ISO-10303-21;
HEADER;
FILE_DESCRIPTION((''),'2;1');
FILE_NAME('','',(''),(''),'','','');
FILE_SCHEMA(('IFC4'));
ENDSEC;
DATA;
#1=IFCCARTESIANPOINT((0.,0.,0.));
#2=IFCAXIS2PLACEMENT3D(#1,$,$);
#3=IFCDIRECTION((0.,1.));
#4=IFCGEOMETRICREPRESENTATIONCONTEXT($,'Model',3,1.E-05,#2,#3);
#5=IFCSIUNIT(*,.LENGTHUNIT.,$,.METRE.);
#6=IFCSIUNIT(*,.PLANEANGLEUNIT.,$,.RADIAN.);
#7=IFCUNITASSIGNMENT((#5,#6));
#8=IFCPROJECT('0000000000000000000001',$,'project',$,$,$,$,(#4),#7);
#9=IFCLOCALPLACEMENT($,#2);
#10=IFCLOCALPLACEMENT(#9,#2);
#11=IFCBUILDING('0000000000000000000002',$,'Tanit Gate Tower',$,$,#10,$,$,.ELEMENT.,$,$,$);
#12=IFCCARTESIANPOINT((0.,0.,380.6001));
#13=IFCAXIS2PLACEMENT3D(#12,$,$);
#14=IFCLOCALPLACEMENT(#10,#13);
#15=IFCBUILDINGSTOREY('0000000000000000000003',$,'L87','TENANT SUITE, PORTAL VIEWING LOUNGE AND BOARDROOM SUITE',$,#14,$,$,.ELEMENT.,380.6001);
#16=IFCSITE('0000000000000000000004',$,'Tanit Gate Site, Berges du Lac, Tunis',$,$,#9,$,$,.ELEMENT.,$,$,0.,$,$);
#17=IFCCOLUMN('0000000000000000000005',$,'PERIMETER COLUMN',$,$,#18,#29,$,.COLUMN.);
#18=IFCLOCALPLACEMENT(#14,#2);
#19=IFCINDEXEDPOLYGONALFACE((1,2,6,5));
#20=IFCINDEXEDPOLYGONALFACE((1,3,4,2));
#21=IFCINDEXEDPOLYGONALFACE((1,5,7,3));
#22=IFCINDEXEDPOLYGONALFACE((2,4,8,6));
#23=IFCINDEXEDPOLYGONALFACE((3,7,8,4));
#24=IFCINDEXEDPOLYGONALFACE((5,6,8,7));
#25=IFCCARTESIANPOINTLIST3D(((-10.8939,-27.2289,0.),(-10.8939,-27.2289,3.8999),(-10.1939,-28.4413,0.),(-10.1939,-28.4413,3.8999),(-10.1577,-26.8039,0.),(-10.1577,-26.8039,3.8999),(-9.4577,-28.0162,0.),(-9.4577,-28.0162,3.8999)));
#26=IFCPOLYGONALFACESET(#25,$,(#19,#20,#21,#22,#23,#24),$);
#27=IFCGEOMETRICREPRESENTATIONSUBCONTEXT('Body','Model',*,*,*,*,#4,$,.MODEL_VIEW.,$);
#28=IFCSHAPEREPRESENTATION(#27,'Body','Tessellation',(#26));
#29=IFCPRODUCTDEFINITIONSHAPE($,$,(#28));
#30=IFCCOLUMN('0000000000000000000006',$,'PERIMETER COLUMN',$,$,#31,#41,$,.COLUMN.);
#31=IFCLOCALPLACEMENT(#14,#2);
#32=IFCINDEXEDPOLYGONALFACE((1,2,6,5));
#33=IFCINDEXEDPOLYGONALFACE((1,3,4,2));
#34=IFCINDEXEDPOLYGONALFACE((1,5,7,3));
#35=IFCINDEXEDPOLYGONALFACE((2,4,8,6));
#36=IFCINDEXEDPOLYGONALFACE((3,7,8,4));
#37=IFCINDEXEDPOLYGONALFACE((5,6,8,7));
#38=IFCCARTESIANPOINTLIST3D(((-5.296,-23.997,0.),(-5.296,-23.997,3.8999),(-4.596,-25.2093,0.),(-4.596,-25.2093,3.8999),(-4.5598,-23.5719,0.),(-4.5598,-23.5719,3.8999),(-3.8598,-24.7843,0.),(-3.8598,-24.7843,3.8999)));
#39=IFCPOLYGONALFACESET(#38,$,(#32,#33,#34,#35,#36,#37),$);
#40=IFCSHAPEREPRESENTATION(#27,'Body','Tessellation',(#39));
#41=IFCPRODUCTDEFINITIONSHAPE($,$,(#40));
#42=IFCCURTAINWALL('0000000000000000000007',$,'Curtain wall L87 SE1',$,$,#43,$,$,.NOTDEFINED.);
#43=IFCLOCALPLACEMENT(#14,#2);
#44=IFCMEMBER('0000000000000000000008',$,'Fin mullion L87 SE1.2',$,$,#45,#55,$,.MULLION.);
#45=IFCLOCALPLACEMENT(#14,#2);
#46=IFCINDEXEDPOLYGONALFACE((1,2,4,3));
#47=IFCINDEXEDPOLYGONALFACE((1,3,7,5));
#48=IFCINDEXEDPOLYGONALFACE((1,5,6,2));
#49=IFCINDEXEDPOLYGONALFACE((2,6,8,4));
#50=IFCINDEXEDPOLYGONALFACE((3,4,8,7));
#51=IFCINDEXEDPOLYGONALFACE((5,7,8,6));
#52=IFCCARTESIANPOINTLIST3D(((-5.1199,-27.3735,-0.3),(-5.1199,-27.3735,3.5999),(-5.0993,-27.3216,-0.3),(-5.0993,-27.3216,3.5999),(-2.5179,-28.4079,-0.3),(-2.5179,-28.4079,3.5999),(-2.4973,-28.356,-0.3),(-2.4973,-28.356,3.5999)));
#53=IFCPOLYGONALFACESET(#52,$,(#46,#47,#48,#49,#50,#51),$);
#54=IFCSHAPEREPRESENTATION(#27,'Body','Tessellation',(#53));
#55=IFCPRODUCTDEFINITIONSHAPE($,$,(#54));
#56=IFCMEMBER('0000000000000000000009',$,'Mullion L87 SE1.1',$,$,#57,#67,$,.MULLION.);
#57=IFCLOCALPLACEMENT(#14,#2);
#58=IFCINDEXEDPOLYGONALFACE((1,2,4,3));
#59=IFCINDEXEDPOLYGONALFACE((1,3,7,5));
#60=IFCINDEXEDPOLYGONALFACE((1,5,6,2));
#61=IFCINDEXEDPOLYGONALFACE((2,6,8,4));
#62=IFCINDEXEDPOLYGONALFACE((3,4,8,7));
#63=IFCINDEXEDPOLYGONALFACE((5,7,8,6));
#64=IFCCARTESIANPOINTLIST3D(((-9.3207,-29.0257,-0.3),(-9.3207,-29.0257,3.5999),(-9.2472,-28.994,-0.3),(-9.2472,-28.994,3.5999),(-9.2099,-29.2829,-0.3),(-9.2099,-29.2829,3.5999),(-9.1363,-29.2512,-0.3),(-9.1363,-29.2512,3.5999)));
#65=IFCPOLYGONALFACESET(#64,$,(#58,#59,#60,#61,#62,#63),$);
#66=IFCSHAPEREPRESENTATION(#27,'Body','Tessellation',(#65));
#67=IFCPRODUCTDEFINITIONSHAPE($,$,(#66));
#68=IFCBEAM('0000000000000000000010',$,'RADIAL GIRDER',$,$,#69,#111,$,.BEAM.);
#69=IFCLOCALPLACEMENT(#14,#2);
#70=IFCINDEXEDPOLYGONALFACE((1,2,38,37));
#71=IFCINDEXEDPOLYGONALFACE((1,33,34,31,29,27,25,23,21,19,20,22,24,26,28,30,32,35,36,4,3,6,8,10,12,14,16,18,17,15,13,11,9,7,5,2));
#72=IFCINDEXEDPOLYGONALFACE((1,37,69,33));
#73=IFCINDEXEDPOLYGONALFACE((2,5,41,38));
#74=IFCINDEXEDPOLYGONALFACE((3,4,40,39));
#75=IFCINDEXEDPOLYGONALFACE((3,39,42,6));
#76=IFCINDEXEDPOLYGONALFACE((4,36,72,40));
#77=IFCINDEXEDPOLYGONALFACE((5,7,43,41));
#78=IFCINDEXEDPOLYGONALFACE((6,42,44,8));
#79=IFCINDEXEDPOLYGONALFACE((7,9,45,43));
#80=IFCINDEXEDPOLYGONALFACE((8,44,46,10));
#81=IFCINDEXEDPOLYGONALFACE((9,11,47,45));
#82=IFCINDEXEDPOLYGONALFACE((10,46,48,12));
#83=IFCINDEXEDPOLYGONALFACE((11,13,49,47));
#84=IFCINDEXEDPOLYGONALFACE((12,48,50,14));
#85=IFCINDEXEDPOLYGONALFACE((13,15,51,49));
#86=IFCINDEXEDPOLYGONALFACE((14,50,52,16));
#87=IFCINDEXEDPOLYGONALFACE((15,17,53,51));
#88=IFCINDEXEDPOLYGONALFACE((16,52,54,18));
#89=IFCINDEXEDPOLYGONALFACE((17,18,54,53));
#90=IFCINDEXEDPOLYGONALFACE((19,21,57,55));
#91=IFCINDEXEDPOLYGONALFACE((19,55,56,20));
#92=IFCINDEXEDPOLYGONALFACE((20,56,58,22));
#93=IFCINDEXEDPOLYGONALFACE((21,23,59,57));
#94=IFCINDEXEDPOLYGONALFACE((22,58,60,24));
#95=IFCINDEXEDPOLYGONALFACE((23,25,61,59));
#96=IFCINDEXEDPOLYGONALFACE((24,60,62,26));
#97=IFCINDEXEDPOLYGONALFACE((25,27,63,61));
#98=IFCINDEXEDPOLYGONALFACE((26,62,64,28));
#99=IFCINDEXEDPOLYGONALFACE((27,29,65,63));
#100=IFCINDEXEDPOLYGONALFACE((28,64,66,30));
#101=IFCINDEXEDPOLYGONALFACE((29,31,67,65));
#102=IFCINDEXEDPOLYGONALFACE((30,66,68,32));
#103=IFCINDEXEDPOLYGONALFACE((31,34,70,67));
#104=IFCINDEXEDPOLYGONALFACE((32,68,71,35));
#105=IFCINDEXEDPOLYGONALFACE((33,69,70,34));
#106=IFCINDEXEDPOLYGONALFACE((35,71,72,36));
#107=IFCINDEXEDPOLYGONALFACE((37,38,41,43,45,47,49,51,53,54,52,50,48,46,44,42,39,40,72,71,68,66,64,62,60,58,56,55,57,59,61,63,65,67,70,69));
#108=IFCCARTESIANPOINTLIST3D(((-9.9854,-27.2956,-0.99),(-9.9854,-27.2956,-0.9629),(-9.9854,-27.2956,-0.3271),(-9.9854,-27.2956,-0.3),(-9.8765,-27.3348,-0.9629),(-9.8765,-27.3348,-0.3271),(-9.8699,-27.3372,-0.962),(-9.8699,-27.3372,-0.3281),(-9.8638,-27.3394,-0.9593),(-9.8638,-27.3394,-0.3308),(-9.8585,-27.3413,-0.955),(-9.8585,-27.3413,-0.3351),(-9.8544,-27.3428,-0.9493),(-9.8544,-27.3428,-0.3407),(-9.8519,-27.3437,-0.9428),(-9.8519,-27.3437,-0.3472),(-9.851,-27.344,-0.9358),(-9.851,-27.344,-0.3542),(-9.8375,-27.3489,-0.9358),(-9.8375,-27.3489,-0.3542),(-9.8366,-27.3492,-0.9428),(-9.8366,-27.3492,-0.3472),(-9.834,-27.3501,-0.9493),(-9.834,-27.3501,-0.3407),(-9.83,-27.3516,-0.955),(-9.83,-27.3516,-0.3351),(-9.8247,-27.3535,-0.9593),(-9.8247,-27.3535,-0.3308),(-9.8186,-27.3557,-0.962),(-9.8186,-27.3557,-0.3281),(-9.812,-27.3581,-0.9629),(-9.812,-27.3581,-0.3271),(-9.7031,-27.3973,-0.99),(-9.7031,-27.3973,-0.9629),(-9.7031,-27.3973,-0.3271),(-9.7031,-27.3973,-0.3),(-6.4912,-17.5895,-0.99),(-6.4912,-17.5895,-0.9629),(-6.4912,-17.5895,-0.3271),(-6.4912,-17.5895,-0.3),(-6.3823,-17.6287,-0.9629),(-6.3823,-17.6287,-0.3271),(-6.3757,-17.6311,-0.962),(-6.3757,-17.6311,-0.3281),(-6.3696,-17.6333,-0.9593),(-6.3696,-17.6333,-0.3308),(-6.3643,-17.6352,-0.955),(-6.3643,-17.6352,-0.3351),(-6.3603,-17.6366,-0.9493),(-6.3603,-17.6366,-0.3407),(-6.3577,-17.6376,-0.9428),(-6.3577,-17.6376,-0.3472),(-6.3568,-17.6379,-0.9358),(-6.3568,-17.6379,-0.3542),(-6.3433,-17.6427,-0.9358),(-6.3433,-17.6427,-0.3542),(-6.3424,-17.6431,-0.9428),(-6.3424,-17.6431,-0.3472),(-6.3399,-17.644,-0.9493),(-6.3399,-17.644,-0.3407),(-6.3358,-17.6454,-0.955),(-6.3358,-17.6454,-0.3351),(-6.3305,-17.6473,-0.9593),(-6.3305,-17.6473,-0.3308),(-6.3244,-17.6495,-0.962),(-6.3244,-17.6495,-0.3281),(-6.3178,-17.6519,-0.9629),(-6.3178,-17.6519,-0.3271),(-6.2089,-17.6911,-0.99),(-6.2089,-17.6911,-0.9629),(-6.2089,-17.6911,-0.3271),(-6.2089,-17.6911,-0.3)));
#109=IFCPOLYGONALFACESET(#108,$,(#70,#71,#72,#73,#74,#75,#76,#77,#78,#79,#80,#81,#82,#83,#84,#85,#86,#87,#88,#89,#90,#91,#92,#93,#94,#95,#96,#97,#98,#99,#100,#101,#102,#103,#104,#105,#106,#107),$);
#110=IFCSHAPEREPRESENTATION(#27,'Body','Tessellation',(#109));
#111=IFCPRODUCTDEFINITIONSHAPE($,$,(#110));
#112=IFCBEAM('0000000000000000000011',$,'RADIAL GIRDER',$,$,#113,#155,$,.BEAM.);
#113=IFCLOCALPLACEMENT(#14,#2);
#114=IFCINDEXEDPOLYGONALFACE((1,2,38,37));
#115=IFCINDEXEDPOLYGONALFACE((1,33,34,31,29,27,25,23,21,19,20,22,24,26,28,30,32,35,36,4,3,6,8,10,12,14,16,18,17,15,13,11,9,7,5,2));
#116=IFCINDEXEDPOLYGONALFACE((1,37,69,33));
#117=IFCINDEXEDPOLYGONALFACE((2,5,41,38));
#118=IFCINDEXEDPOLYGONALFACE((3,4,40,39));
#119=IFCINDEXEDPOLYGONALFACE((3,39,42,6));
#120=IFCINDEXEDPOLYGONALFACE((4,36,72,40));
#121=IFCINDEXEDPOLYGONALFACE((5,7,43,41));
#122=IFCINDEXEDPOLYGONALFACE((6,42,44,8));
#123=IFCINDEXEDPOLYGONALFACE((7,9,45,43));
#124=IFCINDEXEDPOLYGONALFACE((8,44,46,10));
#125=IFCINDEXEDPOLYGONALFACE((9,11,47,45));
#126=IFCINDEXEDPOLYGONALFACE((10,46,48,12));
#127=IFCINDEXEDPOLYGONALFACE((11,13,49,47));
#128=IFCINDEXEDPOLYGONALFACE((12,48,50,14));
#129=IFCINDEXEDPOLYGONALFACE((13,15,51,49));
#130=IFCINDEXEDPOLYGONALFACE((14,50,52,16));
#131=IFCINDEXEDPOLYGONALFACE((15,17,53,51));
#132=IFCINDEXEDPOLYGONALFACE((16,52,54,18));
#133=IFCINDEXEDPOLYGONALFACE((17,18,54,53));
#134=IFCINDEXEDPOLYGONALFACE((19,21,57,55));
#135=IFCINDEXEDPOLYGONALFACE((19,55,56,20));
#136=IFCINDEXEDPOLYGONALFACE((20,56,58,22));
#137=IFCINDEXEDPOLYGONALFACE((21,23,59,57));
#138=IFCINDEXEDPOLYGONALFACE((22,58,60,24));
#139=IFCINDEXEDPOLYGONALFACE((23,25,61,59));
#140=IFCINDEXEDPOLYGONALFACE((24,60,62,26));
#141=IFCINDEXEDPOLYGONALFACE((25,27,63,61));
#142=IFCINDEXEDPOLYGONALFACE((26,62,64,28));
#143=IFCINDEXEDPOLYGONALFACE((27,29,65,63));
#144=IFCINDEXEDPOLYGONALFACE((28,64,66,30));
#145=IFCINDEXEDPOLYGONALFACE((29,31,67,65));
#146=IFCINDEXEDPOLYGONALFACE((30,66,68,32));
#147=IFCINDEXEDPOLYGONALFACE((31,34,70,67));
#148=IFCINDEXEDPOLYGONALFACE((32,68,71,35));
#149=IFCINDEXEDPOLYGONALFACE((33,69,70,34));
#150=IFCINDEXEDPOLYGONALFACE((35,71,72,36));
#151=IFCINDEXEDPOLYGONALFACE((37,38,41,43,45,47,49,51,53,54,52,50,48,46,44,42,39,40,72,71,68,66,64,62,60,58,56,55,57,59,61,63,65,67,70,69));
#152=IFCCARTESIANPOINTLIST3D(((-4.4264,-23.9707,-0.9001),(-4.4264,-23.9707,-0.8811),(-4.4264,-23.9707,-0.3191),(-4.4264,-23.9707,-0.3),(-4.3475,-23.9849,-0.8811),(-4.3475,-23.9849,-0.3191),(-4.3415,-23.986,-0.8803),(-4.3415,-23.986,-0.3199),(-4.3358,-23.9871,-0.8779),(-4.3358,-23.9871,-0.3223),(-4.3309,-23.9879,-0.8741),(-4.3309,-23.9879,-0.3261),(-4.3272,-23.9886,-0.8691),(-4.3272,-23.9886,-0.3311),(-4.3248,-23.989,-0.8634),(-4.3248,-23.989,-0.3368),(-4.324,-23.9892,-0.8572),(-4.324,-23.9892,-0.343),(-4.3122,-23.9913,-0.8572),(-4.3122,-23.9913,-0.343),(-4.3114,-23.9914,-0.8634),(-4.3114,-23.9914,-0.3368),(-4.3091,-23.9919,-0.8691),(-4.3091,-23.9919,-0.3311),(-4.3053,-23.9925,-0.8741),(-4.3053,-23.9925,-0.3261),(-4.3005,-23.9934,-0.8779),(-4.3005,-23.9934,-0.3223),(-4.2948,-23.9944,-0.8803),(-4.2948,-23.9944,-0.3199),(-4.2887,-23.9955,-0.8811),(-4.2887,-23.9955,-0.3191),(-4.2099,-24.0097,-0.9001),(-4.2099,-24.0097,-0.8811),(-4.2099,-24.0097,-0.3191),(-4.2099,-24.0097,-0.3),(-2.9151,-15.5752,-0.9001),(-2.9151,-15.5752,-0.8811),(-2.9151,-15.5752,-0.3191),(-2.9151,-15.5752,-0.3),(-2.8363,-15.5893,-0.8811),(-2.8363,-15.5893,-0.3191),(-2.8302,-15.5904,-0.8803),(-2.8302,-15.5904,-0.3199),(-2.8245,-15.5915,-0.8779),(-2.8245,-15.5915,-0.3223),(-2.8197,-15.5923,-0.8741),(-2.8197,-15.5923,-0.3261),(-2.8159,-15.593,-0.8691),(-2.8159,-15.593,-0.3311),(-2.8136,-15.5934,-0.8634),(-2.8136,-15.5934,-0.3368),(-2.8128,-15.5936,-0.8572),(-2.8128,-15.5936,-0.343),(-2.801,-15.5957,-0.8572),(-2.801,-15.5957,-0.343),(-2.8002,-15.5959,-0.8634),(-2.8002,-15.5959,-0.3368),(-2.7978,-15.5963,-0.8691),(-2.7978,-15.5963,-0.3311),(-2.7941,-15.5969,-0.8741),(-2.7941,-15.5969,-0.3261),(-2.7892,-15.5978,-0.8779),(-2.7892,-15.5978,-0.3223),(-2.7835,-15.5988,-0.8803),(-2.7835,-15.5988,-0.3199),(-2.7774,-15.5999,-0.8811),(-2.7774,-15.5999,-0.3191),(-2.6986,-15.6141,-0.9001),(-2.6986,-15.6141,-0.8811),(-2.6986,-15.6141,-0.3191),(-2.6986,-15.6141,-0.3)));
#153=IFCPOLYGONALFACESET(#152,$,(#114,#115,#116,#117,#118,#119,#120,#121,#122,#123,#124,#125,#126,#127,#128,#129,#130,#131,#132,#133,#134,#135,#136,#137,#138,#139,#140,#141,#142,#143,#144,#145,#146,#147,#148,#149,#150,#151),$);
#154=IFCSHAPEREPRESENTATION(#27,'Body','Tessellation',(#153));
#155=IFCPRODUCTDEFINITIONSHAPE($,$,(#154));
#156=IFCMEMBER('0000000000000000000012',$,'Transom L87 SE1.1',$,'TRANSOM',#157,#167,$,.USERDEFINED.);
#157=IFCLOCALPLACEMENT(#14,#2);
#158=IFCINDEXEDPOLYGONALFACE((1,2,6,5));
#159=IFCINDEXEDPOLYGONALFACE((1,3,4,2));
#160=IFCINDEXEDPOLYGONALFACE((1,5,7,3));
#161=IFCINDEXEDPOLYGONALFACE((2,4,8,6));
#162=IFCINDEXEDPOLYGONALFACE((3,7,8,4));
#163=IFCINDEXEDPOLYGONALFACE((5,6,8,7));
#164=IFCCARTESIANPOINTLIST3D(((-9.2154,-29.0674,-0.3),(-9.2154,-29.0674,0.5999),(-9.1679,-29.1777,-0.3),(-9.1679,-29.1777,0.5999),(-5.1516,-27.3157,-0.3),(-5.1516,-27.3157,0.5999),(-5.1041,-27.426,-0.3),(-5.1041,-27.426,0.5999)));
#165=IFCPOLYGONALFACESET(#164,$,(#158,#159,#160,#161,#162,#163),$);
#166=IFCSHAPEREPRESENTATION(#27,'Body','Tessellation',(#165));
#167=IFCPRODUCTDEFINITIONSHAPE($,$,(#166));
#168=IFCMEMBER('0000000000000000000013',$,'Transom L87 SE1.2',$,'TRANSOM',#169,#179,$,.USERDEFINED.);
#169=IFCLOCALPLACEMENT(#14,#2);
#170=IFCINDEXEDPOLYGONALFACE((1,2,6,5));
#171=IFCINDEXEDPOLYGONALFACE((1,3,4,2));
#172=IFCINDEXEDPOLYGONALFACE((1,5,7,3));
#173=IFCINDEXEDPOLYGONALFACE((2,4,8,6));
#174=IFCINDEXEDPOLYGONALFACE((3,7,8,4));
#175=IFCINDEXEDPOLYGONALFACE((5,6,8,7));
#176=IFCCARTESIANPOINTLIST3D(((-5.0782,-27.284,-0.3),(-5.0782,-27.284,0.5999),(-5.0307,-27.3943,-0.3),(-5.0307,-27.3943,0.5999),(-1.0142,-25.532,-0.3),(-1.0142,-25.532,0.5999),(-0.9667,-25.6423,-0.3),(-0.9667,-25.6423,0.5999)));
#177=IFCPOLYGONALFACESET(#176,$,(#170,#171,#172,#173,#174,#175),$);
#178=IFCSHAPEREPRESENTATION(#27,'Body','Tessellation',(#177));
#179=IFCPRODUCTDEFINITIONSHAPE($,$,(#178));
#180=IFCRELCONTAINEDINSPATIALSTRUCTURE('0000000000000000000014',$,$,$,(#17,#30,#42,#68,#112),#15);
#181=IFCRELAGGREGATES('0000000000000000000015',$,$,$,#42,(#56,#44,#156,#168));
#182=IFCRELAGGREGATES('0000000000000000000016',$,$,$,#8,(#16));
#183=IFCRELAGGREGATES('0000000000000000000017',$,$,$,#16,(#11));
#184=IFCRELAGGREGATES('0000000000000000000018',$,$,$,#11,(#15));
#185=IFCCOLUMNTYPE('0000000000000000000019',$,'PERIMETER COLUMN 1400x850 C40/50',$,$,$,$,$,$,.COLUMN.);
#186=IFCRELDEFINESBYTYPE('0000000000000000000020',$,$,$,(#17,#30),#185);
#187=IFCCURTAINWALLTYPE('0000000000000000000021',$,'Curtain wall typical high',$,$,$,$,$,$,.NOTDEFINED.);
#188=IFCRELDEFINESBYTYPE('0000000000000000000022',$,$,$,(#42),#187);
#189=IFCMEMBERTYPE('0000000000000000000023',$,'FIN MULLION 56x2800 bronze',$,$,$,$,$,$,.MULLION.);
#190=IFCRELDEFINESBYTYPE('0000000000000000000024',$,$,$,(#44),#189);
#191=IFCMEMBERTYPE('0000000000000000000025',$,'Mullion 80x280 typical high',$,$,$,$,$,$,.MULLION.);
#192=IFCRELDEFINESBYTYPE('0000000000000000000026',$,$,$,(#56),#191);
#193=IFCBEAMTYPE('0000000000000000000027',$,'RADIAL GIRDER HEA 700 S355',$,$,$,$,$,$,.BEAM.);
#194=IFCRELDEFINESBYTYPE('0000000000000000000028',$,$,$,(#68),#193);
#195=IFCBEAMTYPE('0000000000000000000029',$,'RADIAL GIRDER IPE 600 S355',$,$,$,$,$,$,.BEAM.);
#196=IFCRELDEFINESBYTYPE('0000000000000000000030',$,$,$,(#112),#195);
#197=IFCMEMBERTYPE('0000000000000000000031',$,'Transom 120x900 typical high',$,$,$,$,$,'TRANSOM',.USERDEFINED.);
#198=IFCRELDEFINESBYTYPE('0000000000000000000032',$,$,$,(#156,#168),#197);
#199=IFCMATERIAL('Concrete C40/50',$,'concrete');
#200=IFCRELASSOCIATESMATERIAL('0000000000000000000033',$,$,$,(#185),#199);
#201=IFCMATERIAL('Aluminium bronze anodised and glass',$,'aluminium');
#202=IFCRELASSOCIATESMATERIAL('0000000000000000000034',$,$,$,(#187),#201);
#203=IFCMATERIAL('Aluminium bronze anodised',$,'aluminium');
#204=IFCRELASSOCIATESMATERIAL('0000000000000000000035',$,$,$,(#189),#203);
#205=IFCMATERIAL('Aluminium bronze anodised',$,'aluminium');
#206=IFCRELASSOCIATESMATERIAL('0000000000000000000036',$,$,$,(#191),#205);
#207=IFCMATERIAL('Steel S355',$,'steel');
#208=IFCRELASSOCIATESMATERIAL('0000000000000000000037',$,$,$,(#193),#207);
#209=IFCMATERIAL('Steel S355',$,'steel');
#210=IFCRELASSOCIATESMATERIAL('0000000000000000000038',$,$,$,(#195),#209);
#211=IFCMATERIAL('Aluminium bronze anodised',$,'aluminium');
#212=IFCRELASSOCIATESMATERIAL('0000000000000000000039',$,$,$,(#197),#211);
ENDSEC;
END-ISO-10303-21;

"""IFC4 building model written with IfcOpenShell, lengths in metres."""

from ifc_helpers import new_model, si_unit, direction, frame, origin, origin_2d, place, context, subcontext, project, spatial, rectangle, i_section, extrude, material, material_profile, profile_set, type_object, element, aggregate, save


model = new_model("IFC4")

# Units and contexts
model_context = context("Model", 3, precision=1e-05, world=origin(), true_north=direction((0.0, 1.0)))
body_context = subcontext(model_context, "Body", "Model", "MODEL_VIEW")
ifc_project = project(units=[si_unit("LENGTHUNIT", "METRE"), si_unit("PLANEANGLEUNIT", "RADIAN")], contexts=[model_context])

# Site, building, storey
site_placement = place(None, origin())
site = spatial("IfcSite", under=ifc_project, at=site_placement, Name="Tanit Gate Site, Berges du Lac, Tunis", CompositionType="ELEMENT", RefElevation=0.0)
building_placement = place(site_placement, origin())
building = spatial("IfcBuilding", under=site, at=building_placement, Name="Tanit Gate Tower", CompositionType="ELEMENT")
storey_placement = place(building_placement, frame((0.0, 0.0, 380.6001)))
storey = spatial("IfcBuildingStorey", under=building, at=storey_placement, Name="L87", Description="TENANT SUITE, PORTAL VIEWING LOUNGE AND BOARDROOM SUITE", CompositionType="ELEMENT", Elevation=380.6001)

# Columns
ifc_material_1 = material(Name="Concrete C40/50", Category="concrete")
ifc_material_profile_1 = material_profile(ifc_material_1, rectangle(XDim=1.3999, YDim=0.8501, at=origin_2d()), Name="RC 1400x850")
ifc_profile_set_1 = profile_set([ifc_material_profile_1], Name="Concrete C40/50")
column_type = type_object("IfcColumnType", Name="PERIMETER COLUMN 1400x850 C40/50", PredefinedType="COLUMN", material=ifc_profile_set_1)
for number, where, z_axis, x_axis, name in (
    (1, (-10.1758, -27.6226, 0.0), (0.0, 0.0, 1.0), (0.5, -0.866025, 0.0), "PERIMETER COLUMN"),
    (2, (-4.5779, -24.3906, 0.0), (0.0, 0.0, 1.0), (0.5, -0.866025, 0.0), "PERIMETER COLUMN"),
):
    element("IfcColumn", number, at=place(storey_placement, frame(where, z_axis=z_axis, x_axis=x_axis)), inside=storey, type_object=column_type, Name=name, PredefinedType="COLUMN", context=body_context, shape_type="SweptSolid", body=[
        extrude(rectangle(XDim=1.3999, YDim=0.8501, at=origin_2d()), origin(), (0.0, 0.0, 1.0), 3.8999),
    ])

# Curtain wall, members
ifc_material_2 = material(Name="Aluminium bronze anodised and glass", Category="aluminium")
curtain_wall_type = type_object("IfcCurtainWallType", Name="Curtain wall typical high", PredefinedType="NOTDEFINED", material=ifc_material_2)
curtain_wall_placement = place(storey_placement, origin())
curtain_wall = element("IfcCurtainWall", 3, at=curtain_wall_placement, inside=storey, type_object=curtain_wall_type, Name="Curtain wall L87 SE1", PredefinedType="NOTDEFINED")
ifc_material_3 = material(Name="Aluminium bronze anodised", Category="aluminium")
ifc_material_profile_2 = material_profile(ifc_material_3, rectangle(XDim=2.8, YDim=0.0559, at=origin_2d()), Name="56x2800 bronze fin mullion")
ifc_profile_set_2 = profile_set([ifc_material_profile_2], Name="Aluminium bronze anodised")
member_type_1 = type_object("IfcMemberType", Name="FIN MULLION 56x2800 bronze", PredefinedType="MULLION", material=ifc_profile_set_2)
member_1_placement = place(storey_placement, frame((-3.8086, -27.8647, -0.3), z_axis=(0.0, 0.0, 1.0), x_axis=(-0.929264, 0.369417, 0.0)))
member_1 = element("IfcMember", 4, at=member_1_placement, type_object=member_type_1, Name="Fin mullion L87 SE1.2", PredefinedType="MULLION", context=body_context, shape_type="SweptSolid", body=[
    extrude(rectangle(XDim=2.8, YDim=0.0559, at=origin_2d()), origin(), (0.0, 0.0, 1.0), 3.8999),
])
ifc_material_4 = material(Name="Aluminium bronze anodised", Category="aluminium")
ifc_material_profile_3 = material_profile(ifc_material_4, rectangle(XDim=0.28, YDim=0.0801, at=origin_2d()), Name="80x280 bronze mullion")
ifc_profile_set_3 = profile_set([ifc_material_profile_3], Name="Aluminium bronze anodised")
member_type_2 = type_object("IfcMemberType", Name="Mullion 80x280 typical high", PredefinedType="MULLION", material=ifc_profile_set_3)
member_2_placement = place(storey_placement, frame((-9.2285, -29.1384, -0.3), z_axis=(0.0, 0.0, 1.0), x_axis=(-0.395871, 0.918306, 0.0)))
member_2 = element("IfcMember", 5, at=member_2_placement, type_object=member_type_2, Name="Mullion L87 SE1.1", PredefinedType="MULLION", context=body_context, shape_type="SweptSolid", body=[
    extrude(rectangle(XDim=0.28, YDim=0.0801, at=origin_2d()), origin(), (0.0, 0.0, 1.0), 3.8999),
])

# Beams
ifc_material_5 = material(Name="Steel S355", Category="steel")
ifc_material_profile_4 = material_profile(ifc_material_5, i_section(OverallWidth=0.3, OverallDepth=0.6899, WebThickness=0.0144, FlangeThickness=0.0271, FilletRadius=0.0271, at=origin_2d()), Name="HEA 700")
ifc_profile_set_4 = profile_set([ifc_material_profile_4], Name="Steel S355")
beam_type_1 = type_object("IfcBeamType", Name="RADIAL GIRDER HEA 700 S355", PredefinedType="BEAM", material=ifc_profile_set_4)
beam_1_placement = place(storey_placement, frame((-9.8442, -27.3464, -0.645), z_axis=(0.338716, 0.940889, 0.0), x_axis=(-0.940889, 0.338716, 0.0)))
element("IfcBeam", 6, at=beam_1_placement, inside=storey, type_object=beam_type_1, Name="RADIAL GIRDER", PredefinedType="BEAM", context=body_context, shape_type="SweptSolid", body=[
    extrude(i_section(OverallWidth=0.3, OverallDepth=0.6899, WebThickness=0.0144, FlangeThickness=0.0271, FilletRadius=0.0271, at=origin_2d()), origin(), (0.0, 0.0, 1.0), 10.3159),
])
ifc_material_6 = material(Name="Steel S355", Category="steel")
ifc_material_profile_5 = material_profile(ifc_material_6, i_section(OverallWidth=0.22, OverallDepth=0.6001, WebThickness=0.012, FlangeThickness=0.019, FilletRadius=0.0239, at=origin_2d()), Name="IPE 600")
ifc_profile_set_5 = profile_set([ifc_material_profile_5], Name="Steel S355")
beam_type_2 = type_object("IfcBeamType", Name="RADIAL GIRDER IPE 600 S355", PredefinedType="BEAM", material=ifc_profile_set_5)
beam_2_placement = place(storey_placement, frame((-4.3181, -23.9902, -0.6001), z_axis=(0.177157, 0.984183, 0.0), x_axis=(-0.984183, 0.177157, 0.0)))
element("IfcBeam", 7, at=beam_2_placement, inside=storey, type_object=beam_type_2, Name="RADIAL GIRDER", PredefinedType="BEAM", context=body_context, shape_type="SweptSolid", body=[
    extrude(i_section(OverallWidth=0.22, OverallDepth=0.6001, WebThickness=0.012, FlangeThickness=0.019, FilletRadius=0.0239, at=origin_2d()), origin(), (0.0, 0.0, 1.0), 8.5305),
])

# Members
ifc_material_7 = material(Name="Aluminium bronze anodised", Category="aluminium")
ifc_material_profile_6 = material_profile(ifc_material_7, rectangle(XDim=0.1201, YDim=0.8999, at=origin_2d()), Name="120x900 bronze transom")
ifc_profile_set_6 = profile_set([ifc_material_profile_6], Name="Aluminium bronze anodised")
member_type_3 = type_object("IfcMemberType", Name="Transom 120x900 typical high", ElementType="TRANSOM", PredefinedType="USERDEFINED", material=ifc_profile_set_6)
member_3_placement = place(storey_placement, frame((-9.1917, -29.1226, 0.1499), z_axis=(0.918315, 0.395849, 0.0), x_axis=(-0.395849, 0.918315, 0.0)))
member_3 = element("IfcMember", 8, at=member_3_placement, type_object=member_type_3, Name="Transom L87 SE1.1", ObjectType="TRANSOM", PredefinedType="USERDEFINED", context=body_context, shape_type="SweptSolid", body=[
    extrude(rectangle(XDim=0.1201, YDim=0.8999, at=origin_2d()), origin(), (0.0, 0.0, 1.0), 4.4253),
])
member_4_placement = place(storey_placement, frame((-5.0544, -27.3391, 0.1499), z_axis=(0.918304, 0.395876, 0.0), x_axis=(-0.395876, 0.918304, 0.0)))
member_4 = element("IfcMember", 9, at=member_4_placement, type_object=member_type_3, Name="Transom L87 SE1.2", ObjectType="TRANSOM", PredefinedType="USERDEFINED", context=body_context, shape_type="SweptSolid", body=[
    extrude(rectangle(XDim=0.1201, YDim=0.8999, at=origin_2d()), origin(), (0.0, 0.0, 1.0), 4.4255),
])

aggregate(curtain_wall, [member_2, member_1, member_3, member_4])

save(model, "model.ifc")
